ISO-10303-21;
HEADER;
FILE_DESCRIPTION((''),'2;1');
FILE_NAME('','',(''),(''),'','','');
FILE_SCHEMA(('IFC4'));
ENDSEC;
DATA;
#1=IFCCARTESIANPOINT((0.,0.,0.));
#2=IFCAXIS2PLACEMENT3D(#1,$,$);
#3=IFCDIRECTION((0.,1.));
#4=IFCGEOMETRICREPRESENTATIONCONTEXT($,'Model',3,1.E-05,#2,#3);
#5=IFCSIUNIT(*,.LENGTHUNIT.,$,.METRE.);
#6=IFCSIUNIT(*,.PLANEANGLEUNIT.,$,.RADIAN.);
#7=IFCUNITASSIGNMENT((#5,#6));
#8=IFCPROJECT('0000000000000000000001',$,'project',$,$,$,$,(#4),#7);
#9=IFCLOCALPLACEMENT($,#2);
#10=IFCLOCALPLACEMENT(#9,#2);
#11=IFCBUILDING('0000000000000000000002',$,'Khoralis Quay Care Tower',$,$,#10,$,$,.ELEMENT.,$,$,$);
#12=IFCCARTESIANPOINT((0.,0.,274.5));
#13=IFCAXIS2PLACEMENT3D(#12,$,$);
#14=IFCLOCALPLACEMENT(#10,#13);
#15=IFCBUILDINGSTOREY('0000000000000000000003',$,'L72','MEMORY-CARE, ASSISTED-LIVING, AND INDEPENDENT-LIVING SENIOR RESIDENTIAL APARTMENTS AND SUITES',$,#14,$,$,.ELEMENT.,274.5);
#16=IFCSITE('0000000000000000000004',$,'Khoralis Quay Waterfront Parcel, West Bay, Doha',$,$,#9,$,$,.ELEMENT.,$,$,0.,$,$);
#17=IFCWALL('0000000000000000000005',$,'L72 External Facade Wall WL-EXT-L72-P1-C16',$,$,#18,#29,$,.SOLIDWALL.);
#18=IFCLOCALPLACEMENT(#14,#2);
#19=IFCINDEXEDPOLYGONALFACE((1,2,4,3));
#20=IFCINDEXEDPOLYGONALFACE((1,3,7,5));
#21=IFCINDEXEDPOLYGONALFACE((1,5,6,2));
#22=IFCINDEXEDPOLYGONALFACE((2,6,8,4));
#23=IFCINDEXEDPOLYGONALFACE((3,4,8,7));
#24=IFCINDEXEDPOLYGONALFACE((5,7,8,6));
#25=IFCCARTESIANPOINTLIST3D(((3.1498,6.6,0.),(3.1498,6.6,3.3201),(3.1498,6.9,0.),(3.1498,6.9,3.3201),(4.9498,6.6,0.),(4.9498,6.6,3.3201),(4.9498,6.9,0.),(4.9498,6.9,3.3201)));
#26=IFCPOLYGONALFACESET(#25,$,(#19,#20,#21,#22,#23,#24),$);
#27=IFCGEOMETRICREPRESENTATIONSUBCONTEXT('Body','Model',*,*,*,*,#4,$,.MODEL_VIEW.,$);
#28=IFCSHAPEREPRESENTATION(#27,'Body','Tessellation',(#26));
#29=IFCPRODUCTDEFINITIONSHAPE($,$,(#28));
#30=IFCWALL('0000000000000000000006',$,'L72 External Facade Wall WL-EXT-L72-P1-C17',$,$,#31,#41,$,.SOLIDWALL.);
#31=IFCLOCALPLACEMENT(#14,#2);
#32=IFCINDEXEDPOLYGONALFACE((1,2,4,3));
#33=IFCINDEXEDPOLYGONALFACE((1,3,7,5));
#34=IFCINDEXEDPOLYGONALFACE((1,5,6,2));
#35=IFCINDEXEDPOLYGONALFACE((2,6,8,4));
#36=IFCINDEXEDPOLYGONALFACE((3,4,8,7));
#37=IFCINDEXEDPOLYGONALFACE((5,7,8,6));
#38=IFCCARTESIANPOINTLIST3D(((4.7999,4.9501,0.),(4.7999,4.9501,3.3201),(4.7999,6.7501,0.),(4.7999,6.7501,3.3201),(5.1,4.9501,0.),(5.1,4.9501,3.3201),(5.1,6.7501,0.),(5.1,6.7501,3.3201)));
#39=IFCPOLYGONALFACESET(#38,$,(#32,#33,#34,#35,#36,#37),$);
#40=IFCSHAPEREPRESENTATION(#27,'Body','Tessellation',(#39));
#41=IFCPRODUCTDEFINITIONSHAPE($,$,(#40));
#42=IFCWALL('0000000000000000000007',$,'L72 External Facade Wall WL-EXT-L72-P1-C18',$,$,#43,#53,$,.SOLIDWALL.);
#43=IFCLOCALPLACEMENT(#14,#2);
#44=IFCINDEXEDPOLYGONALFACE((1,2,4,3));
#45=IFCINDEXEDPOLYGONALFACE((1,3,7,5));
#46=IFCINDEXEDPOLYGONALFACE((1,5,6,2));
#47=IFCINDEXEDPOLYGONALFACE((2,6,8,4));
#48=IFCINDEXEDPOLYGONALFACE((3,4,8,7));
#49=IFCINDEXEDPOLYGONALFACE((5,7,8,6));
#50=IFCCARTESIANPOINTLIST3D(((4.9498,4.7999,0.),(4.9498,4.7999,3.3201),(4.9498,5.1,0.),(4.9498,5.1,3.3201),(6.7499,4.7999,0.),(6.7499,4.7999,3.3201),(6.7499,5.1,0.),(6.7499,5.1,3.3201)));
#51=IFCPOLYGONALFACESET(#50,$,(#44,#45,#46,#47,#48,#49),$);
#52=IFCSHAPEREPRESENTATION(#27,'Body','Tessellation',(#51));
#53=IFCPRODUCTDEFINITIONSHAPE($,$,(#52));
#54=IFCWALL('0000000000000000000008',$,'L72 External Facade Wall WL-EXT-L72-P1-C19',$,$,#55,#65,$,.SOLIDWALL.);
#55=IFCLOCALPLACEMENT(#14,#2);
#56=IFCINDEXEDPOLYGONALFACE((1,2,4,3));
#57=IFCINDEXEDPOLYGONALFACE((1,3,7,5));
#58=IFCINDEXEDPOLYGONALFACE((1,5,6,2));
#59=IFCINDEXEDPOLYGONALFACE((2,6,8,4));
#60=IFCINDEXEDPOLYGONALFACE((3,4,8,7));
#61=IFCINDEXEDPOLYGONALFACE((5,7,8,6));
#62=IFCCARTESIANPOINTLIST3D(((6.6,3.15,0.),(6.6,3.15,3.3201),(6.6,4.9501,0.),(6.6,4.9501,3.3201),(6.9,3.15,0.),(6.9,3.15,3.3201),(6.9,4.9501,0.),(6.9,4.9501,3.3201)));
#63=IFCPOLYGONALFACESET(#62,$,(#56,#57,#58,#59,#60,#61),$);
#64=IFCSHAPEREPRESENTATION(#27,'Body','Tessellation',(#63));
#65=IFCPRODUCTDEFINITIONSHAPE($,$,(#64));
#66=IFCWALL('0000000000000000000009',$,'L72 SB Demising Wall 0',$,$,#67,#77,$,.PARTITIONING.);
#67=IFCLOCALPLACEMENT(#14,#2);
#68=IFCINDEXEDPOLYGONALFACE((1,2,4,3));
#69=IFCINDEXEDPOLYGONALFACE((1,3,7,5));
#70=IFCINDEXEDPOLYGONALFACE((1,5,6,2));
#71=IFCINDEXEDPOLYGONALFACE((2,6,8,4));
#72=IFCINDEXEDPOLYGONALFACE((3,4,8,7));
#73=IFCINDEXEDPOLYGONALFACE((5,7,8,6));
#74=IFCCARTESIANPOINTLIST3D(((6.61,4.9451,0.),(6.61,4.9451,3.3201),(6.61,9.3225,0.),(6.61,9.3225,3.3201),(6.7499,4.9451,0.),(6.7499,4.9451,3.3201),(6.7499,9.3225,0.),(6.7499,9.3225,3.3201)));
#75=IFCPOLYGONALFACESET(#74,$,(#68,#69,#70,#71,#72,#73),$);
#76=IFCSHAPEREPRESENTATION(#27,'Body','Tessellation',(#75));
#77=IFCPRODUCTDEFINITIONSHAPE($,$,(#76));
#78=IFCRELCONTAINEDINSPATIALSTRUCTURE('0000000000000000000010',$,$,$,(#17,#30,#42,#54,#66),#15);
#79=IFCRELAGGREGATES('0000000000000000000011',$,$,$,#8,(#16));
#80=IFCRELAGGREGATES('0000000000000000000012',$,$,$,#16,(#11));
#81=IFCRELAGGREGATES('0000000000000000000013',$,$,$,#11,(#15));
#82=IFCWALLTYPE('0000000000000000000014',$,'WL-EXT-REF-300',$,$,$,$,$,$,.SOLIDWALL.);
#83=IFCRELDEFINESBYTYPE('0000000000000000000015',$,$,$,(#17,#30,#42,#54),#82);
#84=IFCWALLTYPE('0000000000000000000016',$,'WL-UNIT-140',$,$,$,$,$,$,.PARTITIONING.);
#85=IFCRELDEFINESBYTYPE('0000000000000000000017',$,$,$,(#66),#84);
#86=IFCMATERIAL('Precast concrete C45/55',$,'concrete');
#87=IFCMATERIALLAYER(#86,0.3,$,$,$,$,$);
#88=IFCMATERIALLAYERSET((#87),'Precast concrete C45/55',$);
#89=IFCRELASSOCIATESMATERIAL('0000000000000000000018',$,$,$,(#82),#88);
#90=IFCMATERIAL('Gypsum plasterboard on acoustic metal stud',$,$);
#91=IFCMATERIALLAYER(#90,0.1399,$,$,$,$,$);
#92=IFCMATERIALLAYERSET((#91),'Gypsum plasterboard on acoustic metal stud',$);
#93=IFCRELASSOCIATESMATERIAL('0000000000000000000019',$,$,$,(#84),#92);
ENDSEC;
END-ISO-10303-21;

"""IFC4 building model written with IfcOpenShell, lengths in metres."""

from ifc_helpers import new_model, si_unit, direction, frame, frame_2d, origin, place, context, subcontext, project, spatial, rectangle, extrude, material, layer, layer_set, type_object, element, save


model = new_model("IFC4")

# Units and contexts
model_context = context("Model", 3, precision=1e-05, world=origin(), true_north=direction((0.0, 1.0)))
body_context = subcontext(model_context, "Body", "Model", "MODEL_VIEW")
ifc_project = project(units=[si_unit("LENGTHUNIT", "METRE"), si_unit("PLANEANGLEUNIT", "RADIAN")], contexts=[model_context])

# Site, building, storey
site_placement = place(None, origin())
site = spatial("IfcSite", under=ifc_project, at=site_placement, Name="Khoralis Quay Waterfront Parcel, West Bay, Doha", CompositionType="ELEMENT", RefElevation=0.0)
building_placement = place(site_placement, origin())
building = spatial("IfcBuilding", under=site, at=building_placement, Name="Khoralis Quay Care Tower", CompositionType="ELEMENT")
storey_placement = place(building_placement, frame((0.0, 0.0, 274.5)))
storey = spatial("IfcBuildingStorey", under=building, at=storey_placement, Name="L72", Description="MEMORY-CARE, ASSISTED-LIVING, AND INDEPENDENT-LIVING SENIOR RESIDENTIAL APARTMENTS AND SUITES", CompositionType="ELEMENT", Elevation=274.5)

# Shared definitions
ifc_material_1 = material(Name="Gypsum plasterboard on acoustic metal stud")

# Walls
ifc_material_2 = material(Name="Precast concrete C45/55", Category="concrete")
ifc_layer_1 = layer(ifc_material_2, 0.3)
ifc_layer_set_1 = layer_set([ifc_layer_1], Name="Precast concrete C45/55")
wall_type_1 = type_object("IfcWallType", Name="WL-EXT-REF-300", PredefinedType="SOLIDWALL", material=ifc_layer_set_1)
for number, where, z_axis, x_axis, name in (
    (1, (3.1499, 6.75, 0.0), (0.0, 0.0, 1.0), (1.0, 0.0, 0.0), "L72 External Facade Wall WL-EXT-L72-P1-C16"),
    (2, (4.95, 6.75, 0.0), (0.0, 0.0, 1.0), (0.0, -1.0, 0.0), "L72 External Facade Wall WL-EXT-L72-P1-C17"),
    (3, (4.95, 4.95, 0.0), (0.0, 0.0, 1.0), (1.0, 0.0, 0.0), "L72 External Facade Wall WL-EXT-L72-P1-C18"),
    (4, (6.75, 4.95, 0.0), (0.0, 0.0, 1.0), (0.0, -1.0, 0.0), "L72 External Facade Wall WL-EXT-L72-P1-C19"),
):
    element("IfcWall", number, at=place(storey_placement, frame(where, z_axis=z_axis, x_axis=x_axis)), inside=storey, type_object=wall_type_1, Name=name, PredefinedType="SOLIDWALL", context=body_context, shape_type="SweptSolid", body=[
        extrude(rectangle(XDim=1.8, YDim=0.3, at=frame_2d((0.8999, 0.0))), origin(), (0.0, 0.0, 1.0), 3.3201),
    ])
ifc_layer_2 = layer(ifc_material_1, 0.1399)
ifc_layer_set_2 = layer_set([ifc_layer_2], Name="Gypsum plasterboard on acoustic metal stud")
wall_type_2 = type_object("IfcWallType", Name="WL-UNIT-140", PredefinedType="PARTITIONING", material=ifc_layer_set_2)
wall_1_placement = place(storey_placement, frame((6.6799, 4.9451, 0.0), z_axis=(0.0, 0.0, 1.0), x_axis=(0.0, 1.0, 0.0)))
element("IfcWall", 5, at=wall_1_placement, inside=storey, type_object=wall_type_2, Name="L72 SB Demising Wall 0", PredefinedType="PARTITIONING", context=body_context, shape_type="SweptSolid", body=[
    extrude(rectangle(XDim=4.3774, YDim=0.1399, at=frame_2d((2.1887, 0.0))), origin(), (0.0, 0.0, 1.0), 3.3201),
])

save(model, "model.ifc")
